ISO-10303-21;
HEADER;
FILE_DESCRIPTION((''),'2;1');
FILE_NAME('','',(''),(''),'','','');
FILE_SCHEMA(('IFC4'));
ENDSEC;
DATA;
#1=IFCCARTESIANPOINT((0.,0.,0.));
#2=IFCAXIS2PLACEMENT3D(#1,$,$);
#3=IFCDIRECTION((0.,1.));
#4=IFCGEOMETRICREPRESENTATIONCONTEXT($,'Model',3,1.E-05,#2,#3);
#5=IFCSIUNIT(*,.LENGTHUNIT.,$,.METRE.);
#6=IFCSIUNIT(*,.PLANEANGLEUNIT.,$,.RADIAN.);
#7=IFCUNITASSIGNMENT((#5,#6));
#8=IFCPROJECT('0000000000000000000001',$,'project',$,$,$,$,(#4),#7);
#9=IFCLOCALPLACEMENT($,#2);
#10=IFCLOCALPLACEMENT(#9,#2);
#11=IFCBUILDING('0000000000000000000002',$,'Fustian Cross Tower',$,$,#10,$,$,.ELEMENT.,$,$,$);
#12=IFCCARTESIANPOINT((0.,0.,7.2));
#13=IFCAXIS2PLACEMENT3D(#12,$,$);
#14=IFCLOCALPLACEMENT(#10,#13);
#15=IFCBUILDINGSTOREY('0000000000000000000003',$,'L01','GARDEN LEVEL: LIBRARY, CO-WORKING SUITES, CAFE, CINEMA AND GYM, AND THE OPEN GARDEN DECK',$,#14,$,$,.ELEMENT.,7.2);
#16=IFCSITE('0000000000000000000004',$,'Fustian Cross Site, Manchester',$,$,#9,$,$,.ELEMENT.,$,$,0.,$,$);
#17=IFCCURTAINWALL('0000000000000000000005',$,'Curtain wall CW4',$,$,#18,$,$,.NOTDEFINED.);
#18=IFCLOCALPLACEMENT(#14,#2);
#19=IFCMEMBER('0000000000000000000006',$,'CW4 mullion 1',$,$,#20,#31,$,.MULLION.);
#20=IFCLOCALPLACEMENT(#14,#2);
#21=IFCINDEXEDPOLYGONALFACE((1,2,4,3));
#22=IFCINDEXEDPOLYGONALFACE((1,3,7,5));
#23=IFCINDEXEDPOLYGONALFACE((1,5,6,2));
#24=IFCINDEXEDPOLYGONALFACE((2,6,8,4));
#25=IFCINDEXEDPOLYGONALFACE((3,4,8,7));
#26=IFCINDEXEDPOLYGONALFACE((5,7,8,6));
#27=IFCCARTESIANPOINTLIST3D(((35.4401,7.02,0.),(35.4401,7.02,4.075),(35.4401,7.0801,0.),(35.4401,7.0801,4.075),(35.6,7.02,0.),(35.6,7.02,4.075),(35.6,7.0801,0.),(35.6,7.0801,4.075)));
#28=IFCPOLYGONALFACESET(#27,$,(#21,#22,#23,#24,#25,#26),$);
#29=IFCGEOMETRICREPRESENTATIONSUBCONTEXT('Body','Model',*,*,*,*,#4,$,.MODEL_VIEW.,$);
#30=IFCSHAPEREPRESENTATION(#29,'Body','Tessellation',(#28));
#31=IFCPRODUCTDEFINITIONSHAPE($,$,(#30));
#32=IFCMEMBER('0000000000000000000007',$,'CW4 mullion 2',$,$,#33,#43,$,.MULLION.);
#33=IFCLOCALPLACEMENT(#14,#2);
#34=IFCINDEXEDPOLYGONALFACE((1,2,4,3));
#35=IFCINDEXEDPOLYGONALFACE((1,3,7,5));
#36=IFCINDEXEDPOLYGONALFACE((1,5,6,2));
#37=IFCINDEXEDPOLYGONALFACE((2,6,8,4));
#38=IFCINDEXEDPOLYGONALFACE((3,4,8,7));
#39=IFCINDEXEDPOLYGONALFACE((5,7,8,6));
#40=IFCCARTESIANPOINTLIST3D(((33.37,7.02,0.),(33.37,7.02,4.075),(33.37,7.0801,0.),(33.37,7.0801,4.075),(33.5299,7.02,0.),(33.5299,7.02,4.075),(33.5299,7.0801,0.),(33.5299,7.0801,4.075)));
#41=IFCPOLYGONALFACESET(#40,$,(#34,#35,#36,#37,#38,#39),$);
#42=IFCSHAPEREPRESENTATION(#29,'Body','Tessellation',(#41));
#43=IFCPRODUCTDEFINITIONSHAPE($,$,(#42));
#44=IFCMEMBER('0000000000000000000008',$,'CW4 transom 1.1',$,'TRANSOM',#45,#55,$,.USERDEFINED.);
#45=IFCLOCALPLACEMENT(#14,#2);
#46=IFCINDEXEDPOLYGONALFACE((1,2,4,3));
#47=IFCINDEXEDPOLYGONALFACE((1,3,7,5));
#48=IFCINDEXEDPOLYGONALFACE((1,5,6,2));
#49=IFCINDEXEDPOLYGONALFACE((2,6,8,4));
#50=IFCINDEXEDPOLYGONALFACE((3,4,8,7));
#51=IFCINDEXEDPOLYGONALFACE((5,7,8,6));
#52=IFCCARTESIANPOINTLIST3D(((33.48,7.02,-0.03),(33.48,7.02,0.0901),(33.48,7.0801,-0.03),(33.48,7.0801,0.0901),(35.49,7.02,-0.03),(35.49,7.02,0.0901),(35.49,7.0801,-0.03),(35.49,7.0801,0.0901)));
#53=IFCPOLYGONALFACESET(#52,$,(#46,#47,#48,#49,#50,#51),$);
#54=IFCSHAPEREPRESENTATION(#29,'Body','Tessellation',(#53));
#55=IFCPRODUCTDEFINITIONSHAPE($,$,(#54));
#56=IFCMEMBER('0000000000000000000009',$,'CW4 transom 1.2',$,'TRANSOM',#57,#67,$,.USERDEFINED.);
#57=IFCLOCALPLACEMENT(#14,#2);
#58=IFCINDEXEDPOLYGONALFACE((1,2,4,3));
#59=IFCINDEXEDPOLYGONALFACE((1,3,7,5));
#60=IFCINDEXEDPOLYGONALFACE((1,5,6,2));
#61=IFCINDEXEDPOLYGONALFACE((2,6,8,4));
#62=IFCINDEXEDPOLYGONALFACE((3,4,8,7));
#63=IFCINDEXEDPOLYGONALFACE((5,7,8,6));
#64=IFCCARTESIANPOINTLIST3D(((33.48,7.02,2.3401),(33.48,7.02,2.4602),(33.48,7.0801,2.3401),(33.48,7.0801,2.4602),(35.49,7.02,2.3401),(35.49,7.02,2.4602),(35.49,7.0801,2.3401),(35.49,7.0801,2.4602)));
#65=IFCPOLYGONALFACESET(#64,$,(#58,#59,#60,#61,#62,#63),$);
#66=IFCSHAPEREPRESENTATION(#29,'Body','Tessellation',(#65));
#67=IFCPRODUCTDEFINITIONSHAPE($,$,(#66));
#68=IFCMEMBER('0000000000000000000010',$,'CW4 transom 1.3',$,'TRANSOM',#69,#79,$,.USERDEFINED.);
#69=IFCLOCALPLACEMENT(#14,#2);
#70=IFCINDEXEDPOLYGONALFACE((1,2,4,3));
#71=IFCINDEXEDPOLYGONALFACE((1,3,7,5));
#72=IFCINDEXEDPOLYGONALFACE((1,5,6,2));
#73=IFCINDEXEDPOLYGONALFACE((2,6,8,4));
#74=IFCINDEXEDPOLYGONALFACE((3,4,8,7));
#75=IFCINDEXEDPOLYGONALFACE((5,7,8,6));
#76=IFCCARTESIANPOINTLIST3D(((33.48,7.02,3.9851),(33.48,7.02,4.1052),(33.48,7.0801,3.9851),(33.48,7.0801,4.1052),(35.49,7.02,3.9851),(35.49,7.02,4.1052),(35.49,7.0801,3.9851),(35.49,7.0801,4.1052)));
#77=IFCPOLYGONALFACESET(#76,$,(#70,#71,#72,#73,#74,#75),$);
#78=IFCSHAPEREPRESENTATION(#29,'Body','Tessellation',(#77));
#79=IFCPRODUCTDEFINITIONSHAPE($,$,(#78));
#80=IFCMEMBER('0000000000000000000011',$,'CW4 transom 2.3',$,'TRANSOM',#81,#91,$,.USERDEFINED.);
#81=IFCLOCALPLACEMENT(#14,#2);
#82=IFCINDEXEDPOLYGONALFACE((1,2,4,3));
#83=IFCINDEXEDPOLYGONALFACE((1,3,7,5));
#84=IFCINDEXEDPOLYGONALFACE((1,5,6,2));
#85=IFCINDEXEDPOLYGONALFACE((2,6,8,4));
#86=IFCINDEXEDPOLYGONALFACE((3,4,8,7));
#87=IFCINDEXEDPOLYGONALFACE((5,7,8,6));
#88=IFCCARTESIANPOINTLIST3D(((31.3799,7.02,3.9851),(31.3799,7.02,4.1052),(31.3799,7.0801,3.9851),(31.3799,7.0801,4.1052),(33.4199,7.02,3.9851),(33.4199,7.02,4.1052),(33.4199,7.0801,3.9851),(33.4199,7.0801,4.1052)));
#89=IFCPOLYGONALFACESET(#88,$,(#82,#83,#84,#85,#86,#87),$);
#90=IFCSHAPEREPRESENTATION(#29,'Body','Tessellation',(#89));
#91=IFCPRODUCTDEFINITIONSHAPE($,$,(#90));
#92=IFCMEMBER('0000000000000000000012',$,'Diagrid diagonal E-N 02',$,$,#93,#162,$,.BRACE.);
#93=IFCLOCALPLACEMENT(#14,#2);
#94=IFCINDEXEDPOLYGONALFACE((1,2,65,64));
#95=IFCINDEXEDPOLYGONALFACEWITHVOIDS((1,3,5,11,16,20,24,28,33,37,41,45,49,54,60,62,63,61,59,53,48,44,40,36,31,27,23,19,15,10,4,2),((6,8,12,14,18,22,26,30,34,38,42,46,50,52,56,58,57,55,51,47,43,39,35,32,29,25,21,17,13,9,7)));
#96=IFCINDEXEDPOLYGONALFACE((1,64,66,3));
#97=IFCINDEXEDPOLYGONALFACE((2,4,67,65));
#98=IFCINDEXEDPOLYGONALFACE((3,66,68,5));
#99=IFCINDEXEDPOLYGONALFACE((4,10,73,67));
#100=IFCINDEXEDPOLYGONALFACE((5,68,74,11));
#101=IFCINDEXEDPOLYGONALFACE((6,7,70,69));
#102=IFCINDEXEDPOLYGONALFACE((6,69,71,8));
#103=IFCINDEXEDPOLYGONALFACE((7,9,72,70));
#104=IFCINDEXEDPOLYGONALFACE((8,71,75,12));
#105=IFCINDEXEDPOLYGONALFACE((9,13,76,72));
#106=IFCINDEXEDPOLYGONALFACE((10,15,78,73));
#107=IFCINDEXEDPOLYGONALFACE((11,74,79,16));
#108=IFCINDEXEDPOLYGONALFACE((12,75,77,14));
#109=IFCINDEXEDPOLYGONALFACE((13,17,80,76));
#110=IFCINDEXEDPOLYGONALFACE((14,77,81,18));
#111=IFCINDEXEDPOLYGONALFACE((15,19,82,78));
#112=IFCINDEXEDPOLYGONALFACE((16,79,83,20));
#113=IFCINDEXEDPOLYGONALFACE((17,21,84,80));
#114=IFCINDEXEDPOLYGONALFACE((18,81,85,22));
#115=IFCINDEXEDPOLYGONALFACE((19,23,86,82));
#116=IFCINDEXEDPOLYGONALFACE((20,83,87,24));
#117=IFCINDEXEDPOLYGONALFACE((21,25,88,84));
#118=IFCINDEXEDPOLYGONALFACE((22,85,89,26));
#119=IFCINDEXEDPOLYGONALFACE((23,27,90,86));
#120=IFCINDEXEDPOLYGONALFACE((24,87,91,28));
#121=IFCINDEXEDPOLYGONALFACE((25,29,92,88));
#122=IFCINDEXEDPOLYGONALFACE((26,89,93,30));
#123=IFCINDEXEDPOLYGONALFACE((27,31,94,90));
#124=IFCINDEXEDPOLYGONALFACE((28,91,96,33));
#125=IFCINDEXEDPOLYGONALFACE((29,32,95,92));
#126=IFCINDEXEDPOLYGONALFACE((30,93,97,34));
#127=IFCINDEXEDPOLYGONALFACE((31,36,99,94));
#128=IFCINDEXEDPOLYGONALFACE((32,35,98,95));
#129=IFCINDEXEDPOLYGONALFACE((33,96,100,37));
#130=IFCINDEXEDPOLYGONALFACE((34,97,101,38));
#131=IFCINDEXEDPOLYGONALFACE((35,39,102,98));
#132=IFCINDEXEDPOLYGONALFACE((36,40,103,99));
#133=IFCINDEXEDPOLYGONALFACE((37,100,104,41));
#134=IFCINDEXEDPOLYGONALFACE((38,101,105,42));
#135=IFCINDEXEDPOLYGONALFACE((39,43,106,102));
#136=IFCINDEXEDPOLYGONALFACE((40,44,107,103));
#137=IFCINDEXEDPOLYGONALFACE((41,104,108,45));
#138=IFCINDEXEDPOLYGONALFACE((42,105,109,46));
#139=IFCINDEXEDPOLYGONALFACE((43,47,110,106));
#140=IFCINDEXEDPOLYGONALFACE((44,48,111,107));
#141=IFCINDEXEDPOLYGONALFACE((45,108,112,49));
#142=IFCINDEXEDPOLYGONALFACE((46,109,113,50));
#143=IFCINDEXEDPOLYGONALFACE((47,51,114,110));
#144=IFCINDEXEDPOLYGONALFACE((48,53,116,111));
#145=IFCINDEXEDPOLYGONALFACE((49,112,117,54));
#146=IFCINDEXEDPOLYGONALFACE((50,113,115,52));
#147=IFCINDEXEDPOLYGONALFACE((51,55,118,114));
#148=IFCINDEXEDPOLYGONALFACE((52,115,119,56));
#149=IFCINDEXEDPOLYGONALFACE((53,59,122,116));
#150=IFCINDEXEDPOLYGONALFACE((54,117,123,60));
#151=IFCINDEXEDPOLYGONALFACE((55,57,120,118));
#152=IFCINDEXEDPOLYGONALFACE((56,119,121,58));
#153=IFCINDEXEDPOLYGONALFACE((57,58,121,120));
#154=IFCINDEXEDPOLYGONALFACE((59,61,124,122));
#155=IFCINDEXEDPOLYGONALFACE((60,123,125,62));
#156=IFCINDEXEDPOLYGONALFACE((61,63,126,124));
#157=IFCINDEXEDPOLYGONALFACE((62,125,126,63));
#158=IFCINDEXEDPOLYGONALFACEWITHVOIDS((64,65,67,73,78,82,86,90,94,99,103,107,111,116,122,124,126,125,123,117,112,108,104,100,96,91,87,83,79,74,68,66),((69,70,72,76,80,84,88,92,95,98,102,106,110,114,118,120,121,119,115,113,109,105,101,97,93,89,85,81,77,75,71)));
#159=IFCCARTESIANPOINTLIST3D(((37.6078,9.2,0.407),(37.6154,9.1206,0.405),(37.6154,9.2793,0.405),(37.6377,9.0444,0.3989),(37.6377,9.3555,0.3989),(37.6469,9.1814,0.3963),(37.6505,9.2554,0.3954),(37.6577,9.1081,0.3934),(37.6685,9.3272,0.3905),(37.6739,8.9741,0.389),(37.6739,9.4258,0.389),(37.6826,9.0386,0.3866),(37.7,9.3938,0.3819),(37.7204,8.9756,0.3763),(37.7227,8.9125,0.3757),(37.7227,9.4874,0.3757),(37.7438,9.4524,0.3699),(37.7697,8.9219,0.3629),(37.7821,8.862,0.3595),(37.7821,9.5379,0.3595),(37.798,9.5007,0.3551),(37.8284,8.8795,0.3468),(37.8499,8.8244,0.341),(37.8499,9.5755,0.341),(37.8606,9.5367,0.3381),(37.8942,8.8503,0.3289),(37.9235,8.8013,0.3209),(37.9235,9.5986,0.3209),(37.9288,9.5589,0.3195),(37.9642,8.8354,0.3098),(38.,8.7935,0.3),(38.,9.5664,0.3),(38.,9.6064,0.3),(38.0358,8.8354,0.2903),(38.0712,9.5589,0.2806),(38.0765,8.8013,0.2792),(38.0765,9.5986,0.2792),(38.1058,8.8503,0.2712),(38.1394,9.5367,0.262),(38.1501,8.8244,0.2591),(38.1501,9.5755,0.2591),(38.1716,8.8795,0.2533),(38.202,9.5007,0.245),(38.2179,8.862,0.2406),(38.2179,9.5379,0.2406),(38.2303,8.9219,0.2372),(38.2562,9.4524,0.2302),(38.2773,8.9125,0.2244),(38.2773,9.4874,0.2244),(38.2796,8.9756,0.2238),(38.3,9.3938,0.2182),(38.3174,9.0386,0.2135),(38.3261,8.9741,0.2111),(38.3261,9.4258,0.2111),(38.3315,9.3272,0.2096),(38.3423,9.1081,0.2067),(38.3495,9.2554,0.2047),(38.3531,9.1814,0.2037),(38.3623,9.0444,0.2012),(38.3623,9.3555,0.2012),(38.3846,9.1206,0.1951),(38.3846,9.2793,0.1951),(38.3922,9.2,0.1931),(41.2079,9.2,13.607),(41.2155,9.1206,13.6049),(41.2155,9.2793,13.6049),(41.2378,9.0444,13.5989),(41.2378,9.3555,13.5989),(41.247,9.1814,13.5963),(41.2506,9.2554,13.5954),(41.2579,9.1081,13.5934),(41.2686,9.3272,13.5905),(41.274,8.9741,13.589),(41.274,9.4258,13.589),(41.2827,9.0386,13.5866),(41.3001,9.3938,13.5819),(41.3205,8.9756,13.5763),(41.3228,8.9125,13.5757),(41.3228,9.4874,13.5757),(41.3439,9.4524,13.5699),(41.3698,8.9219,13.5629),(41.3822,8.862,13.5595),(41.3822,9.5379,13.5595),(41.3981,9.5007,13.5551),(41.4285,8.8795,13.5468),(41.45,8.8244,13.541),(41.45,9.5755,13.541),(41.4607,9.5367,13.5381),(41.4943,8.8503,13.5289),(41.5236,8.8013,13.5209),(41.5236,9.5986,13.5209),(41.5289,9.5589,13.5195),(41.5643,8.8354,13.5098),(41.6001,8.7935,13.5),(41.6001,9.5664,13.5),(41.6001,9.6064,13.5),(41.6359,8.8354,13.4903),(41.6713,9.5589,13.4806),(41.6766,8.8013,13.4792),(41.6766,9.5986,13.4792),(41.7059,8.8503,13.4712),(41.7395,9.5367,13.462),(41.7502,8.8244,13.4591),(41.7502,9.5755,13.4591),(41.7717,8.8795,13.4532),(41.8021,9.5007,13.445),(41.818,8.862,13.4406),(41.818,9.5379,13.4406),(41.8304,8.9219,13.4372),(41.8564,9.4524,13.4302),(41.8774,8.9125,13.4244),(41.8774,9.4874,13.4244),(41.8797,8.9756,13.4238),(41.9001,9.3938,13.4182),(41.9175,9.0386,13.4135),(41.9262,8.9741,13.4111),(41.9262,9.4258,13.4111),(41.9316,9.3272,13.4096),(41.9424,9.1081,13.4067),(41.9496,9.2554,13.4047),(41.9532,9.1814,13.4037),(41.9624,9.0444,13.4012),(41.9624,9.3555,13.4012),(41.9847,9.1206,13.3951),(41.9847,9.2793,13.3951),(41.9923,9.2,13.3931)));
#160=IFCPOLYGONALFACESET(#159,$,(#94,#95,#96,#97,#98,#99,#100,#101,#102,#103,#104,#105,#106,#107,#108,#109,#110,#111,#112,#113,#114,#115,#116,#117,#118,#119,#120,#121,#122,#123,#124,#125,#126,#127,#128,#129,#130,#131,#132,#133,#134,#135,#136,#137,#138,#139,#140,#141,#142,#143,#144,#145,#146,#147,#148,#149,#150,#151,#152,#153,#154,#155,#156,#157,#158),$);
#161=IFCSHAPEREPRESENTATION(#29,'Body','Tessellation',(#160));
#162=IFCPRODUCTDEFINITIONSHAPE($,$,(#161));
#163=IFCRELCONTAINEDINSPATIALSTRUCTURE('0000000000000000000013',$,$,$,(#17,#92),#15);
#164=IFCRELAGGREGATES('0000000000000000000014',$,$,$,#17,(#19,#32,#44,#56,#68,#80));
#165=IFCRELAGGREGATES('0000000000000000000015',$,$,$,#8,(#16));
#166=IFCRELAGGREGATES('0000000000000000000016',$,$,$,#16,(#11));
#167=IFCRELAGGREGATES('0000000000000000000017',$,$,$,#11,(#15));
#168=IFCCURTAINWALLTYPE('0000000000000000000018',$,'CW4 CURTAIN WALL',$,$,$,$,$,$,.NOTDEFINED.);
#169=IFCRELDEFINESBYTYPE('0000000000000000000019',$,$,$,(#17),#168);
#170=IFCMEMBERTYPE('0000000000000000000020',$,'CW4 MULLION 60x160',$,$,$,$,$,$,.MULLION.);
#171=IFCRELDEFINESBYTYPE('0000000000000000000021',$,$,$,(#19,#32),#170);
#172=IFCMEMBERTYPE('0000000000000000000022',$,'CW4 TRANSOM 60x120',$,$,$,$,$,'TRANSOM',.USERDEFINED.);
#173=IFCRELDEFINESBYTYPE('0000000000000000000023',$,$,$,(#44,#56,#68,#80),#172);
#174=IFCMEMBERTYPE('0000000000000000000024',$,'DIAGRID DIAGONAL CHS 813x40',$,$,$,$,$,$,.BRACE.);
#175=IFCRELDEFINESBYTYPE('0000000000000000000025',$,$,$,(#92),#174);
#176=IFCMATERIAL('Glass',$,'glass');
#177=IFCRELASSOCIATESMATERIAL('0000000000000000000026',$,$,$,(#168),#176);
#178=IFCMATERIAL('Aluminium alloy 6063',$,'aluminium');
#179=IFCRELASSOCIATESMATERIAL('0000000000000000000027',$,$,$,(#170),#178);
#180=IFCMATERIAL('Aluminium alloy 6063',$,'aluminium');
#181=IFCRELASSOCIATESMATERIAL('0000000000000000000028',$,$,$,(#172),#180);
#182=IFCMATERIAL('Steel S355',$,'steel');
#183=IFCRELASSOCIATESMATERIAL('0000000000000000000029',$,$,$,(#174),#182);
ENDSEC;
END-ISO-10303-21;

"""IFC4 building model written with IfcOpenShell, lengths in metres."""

from ifc_helpers import new_model, si_unit, direction, frame, origin, origin_2d, place, context, subcontext, project, spatial, rectangle, hollow_circle, extrude, material, material_profile, profile_set, type_object, element, aggregate, save


model = new_model("IFC4")

# Units and contexts
model_context = context("Model", 3, precision=1e-05, world=origin(), true_north=direction((0.0, 1.0)))
body_context = subcontext(model_context, "Body", "Model", "MODEL_VIEW")
ifc_project = project(units=[si_unit("LENGTHUNIT", "METRE"), si_unit("PLANEANGLEUNIT", "RADIAN")], contexts=[model_context])

# Site, building, storey
site_placement = place(None, origin())
site = spatial("IfcSite", under=ifc_project, at=site_placement, Name="Fustian Cross Site, Manchester", CompositionType="ELEMENT", RefElevation=0.0)
building_placement = place(site_placement, origin())
building = spatial("IfcBuilding", under=site, at=building_placement, Name="Fustian Cross Tower", CompositionType="ELEMENT")
storey_placement = place(building_placement, frame((0.0, 0.0, 7.2)))
storey = spatial("IfcBuildingStorey", under=building, at=storey_placement, Name="L01", Description="GARDEN LEVEL: LIBRARY, CO-WORKING SUITES, CAFE, CINEMA AND GYM, AND THE OPEN GARDEN DECK", CompositionType="ELEMENT", Elevation=7.2)

# Curtain wall, members
ifc_material_1 = material(Name="Glass", Category="glass")
curtain_wall_type = type_object("IfcCurtainWallType", Name="CW4 CURTAIN WALL", PredefinedType="NOTDEFINED", material=ifc_material_1)
curtain_wall_placement = place(storey_placement, origin())
curtain_wall = element("IfcCurtainWall", 1, at=curtain_wall_placement, inside=storey, type_object=curtain_wall_type, Name="Curtain wall CW4", PredefinedType="NOTDEFINED")
ifc_material_2 = material(Name="Aluminium alloy 6063", Category="aluminium")
ifc_material_profile_1 = material_profile(ifc_material_2, rectangle(XDim=0.0601, YDim=0.1599, at=origin_2d()), Name="CW4 MULLION 60x160")
ifc_profile_set_1 = profile_set([ifc_material_profile_1], Name="Aluminium alloy 6063")
member_type_1 = type_object("IfcMemberType", Name="CW4 MULLION 60x160", PredefinedType="MULLION", material=ifc_profile_set_1)
member_1_placement = place(storey_placement, frame((35.52, 7.05, 0.0), z_axis=(0.0, 0.0, 1.0), x_axis=(0.0, -1.0, 0.0)))
member_1 = element("IfcMember", 2, at=member_1_placement, type_object=member_type_1, Name="CW4 mullion 1", PredefinedType="MULLION", context=body_context, shape_type="SweptSolid", body=[
    extrude(rectangle(XDim=0.0601, YDim=0.1599, at=origin_2d()), origin(), (0.0, 0.0, 1.0), 4.075),
])
member_2_placement = place(storey_placement, frame((33.45, 7.05, 0.0), z_axis=(0.0, 0.0, 1.0), x_axis=(0.0, -1.0, 0.0)))
member_2 = element("IfcMember", 3, at=member_2_placement, type_object=member_type_1, Name="CW4 mullion 2", PredefinedType="MULLION", context=body_context, shape_type="SweptSolid", body=[
    extrude(rectangle(XDim=0.0601, YDim=0.1599, at=origin_2d()), origin(), (0.0, 0.0, 1.0), 4.075),
])
ifc_material_3 = material(Name="Aluminium alloy 6063", Category="aluminium")
ifc_material_profile_2 = material_profile(ifc_material_3, rectangle(XDim=0.0601, YDim=0.1201, at=origin_2d()), Name="CW4 TRANSOM 60x120")
ifc_profile_set_2 = profile_set([ifc_material_profile_2], Name="Aluminium alloy 6063")
member_type_2 = type_object("IfcMemberType", Name="CW4 TRANSOM 60x120", ElementType="TRANSOM", PredefinedType="USERDEFINED", material=ifc_profile_set_2)
member_3_placement = place(storey_placement, frame((35.49, 7.05, 0.03), z_axis=(-1.0, 0.0, 0.0), x_axis=(0.0, -1.0, 0.0)))
member_3 = element("IfcMember", 4, at=member_3_placement, type_object=member_type_2, Name="CW4 transom 1.1", ObjectType="TRANSOM", PredefinedType="USERDEFINED", context=body_context, shape_type="SweptSolid", body=[
    extrude(rectangle(XDim=0.0601, YDim=0.1201, at=origin_2d()), origin(), (0.0, 0.0, 1.0), 2.01),
])
member_4_placement = place(storey_placement, frame((35.49, 7.05, 2.4001), z_axis=(-1.0, 0.0, 0.0), x_axis=(0.0, -1.0, 0.0)))
member_4 = element("IfcMember", 5, at=member_4_placement, type_object=member_type_2, Name="CW4 transom 1.2", ObjectType="TRANSOM", PredefinedType="USERDEFINED", context=body_context, shape_type="SweptSolid", body=[
    extrude(rectangle(XDim=0.0601, YDim=0.1201, at=origin_2d()), origin(), (0.0, 0.0, 1.0), 2.01),
])
member_5_placement = place(storey_placement, frame((35.49, 7.05, 4.0452), z_axis=(-1.0, 0.0, 0.0), x_axis=(0.0, -1.0, 0.0)))
member_5 = element("IfcMember", 6, at=member_5_placement, type_object=member_type_2, Name="CW4 transom 1.3", ObjectType="TRANSOM", PredefinedType="USERDEFINED", context=body_context, shape_type="SweptSolid", body=[
    extrude(rectangle(XDim=0.0601, YDim=0.1201, at=origin_2d()), origin(), (0.0, 0.0, 1.0), 2.01),
])
member_6_placement = place(storey_placement, frame((33.4199, 7.05, 4.0452), z_axis=(-1.0, 0.0, 0.0), x_axis=(0.0, -1.0, 0.0)))
member_6 = element("IfcMember", 7, at=member_6_placement, type_object=member_type_2, Name="CW4 transom 2.3", ObjectType="TRANSOM", PredefinedType="USERDEFINED", context=body_context, shape_type="SweptSolid", body=[
    extrude(rectangle(XDim=0.0601, YDim=0.1201, at=origin_2d()), origin(), (0.0, 0.0, 1.0), 2.04),
])

# Member
ifc_material_4 = material(Name="Steel S355", Category="steel")
ifc_material_profile_3 = material_profile(ifc_material_4, hollow_circle(Radius=0.4065, WallThickness=0.04, at=origin_2d()), Name="CHS 813x40")
ifc_profile_set_3 = profile_set([ifc_material_profile_3], Name="Steel S355")
member_type_3 = type_object("IfcMemberType", Name="DIAGRID DIAGONAL CHS 813x40", PredefinedType="BRACE", material=ifc_profile_set_3)
for number, where, z_axis, x_axis, name in (
    (8, (38.0, 9.2, 0.3), (0.263125, 0.0, 0.964762), (0.0, 1.0, 0.0), "Diagrid diagonal E-N 02"),
):
    element("IfcMember", number, at=place(storey_placement, frame(where, z_axis=z_axis, x_axis=x_axis)), inside=storey, type_object=member_type_3, Name=name, PredefinedType="BRACE", context=body_context, shape_type="SweptSolid", body=[
        extrude(hollow_circle(Radius=0.4065, WallThickness=0.04, at=origin_2d()), origin(), (0.0, 0.0, 1.0), 13.6821),
    ])

aggregate(curtain_wall, [member_1, member_2, member_3, member_4, member_5, member_6])

save(model, "model.ifc")
